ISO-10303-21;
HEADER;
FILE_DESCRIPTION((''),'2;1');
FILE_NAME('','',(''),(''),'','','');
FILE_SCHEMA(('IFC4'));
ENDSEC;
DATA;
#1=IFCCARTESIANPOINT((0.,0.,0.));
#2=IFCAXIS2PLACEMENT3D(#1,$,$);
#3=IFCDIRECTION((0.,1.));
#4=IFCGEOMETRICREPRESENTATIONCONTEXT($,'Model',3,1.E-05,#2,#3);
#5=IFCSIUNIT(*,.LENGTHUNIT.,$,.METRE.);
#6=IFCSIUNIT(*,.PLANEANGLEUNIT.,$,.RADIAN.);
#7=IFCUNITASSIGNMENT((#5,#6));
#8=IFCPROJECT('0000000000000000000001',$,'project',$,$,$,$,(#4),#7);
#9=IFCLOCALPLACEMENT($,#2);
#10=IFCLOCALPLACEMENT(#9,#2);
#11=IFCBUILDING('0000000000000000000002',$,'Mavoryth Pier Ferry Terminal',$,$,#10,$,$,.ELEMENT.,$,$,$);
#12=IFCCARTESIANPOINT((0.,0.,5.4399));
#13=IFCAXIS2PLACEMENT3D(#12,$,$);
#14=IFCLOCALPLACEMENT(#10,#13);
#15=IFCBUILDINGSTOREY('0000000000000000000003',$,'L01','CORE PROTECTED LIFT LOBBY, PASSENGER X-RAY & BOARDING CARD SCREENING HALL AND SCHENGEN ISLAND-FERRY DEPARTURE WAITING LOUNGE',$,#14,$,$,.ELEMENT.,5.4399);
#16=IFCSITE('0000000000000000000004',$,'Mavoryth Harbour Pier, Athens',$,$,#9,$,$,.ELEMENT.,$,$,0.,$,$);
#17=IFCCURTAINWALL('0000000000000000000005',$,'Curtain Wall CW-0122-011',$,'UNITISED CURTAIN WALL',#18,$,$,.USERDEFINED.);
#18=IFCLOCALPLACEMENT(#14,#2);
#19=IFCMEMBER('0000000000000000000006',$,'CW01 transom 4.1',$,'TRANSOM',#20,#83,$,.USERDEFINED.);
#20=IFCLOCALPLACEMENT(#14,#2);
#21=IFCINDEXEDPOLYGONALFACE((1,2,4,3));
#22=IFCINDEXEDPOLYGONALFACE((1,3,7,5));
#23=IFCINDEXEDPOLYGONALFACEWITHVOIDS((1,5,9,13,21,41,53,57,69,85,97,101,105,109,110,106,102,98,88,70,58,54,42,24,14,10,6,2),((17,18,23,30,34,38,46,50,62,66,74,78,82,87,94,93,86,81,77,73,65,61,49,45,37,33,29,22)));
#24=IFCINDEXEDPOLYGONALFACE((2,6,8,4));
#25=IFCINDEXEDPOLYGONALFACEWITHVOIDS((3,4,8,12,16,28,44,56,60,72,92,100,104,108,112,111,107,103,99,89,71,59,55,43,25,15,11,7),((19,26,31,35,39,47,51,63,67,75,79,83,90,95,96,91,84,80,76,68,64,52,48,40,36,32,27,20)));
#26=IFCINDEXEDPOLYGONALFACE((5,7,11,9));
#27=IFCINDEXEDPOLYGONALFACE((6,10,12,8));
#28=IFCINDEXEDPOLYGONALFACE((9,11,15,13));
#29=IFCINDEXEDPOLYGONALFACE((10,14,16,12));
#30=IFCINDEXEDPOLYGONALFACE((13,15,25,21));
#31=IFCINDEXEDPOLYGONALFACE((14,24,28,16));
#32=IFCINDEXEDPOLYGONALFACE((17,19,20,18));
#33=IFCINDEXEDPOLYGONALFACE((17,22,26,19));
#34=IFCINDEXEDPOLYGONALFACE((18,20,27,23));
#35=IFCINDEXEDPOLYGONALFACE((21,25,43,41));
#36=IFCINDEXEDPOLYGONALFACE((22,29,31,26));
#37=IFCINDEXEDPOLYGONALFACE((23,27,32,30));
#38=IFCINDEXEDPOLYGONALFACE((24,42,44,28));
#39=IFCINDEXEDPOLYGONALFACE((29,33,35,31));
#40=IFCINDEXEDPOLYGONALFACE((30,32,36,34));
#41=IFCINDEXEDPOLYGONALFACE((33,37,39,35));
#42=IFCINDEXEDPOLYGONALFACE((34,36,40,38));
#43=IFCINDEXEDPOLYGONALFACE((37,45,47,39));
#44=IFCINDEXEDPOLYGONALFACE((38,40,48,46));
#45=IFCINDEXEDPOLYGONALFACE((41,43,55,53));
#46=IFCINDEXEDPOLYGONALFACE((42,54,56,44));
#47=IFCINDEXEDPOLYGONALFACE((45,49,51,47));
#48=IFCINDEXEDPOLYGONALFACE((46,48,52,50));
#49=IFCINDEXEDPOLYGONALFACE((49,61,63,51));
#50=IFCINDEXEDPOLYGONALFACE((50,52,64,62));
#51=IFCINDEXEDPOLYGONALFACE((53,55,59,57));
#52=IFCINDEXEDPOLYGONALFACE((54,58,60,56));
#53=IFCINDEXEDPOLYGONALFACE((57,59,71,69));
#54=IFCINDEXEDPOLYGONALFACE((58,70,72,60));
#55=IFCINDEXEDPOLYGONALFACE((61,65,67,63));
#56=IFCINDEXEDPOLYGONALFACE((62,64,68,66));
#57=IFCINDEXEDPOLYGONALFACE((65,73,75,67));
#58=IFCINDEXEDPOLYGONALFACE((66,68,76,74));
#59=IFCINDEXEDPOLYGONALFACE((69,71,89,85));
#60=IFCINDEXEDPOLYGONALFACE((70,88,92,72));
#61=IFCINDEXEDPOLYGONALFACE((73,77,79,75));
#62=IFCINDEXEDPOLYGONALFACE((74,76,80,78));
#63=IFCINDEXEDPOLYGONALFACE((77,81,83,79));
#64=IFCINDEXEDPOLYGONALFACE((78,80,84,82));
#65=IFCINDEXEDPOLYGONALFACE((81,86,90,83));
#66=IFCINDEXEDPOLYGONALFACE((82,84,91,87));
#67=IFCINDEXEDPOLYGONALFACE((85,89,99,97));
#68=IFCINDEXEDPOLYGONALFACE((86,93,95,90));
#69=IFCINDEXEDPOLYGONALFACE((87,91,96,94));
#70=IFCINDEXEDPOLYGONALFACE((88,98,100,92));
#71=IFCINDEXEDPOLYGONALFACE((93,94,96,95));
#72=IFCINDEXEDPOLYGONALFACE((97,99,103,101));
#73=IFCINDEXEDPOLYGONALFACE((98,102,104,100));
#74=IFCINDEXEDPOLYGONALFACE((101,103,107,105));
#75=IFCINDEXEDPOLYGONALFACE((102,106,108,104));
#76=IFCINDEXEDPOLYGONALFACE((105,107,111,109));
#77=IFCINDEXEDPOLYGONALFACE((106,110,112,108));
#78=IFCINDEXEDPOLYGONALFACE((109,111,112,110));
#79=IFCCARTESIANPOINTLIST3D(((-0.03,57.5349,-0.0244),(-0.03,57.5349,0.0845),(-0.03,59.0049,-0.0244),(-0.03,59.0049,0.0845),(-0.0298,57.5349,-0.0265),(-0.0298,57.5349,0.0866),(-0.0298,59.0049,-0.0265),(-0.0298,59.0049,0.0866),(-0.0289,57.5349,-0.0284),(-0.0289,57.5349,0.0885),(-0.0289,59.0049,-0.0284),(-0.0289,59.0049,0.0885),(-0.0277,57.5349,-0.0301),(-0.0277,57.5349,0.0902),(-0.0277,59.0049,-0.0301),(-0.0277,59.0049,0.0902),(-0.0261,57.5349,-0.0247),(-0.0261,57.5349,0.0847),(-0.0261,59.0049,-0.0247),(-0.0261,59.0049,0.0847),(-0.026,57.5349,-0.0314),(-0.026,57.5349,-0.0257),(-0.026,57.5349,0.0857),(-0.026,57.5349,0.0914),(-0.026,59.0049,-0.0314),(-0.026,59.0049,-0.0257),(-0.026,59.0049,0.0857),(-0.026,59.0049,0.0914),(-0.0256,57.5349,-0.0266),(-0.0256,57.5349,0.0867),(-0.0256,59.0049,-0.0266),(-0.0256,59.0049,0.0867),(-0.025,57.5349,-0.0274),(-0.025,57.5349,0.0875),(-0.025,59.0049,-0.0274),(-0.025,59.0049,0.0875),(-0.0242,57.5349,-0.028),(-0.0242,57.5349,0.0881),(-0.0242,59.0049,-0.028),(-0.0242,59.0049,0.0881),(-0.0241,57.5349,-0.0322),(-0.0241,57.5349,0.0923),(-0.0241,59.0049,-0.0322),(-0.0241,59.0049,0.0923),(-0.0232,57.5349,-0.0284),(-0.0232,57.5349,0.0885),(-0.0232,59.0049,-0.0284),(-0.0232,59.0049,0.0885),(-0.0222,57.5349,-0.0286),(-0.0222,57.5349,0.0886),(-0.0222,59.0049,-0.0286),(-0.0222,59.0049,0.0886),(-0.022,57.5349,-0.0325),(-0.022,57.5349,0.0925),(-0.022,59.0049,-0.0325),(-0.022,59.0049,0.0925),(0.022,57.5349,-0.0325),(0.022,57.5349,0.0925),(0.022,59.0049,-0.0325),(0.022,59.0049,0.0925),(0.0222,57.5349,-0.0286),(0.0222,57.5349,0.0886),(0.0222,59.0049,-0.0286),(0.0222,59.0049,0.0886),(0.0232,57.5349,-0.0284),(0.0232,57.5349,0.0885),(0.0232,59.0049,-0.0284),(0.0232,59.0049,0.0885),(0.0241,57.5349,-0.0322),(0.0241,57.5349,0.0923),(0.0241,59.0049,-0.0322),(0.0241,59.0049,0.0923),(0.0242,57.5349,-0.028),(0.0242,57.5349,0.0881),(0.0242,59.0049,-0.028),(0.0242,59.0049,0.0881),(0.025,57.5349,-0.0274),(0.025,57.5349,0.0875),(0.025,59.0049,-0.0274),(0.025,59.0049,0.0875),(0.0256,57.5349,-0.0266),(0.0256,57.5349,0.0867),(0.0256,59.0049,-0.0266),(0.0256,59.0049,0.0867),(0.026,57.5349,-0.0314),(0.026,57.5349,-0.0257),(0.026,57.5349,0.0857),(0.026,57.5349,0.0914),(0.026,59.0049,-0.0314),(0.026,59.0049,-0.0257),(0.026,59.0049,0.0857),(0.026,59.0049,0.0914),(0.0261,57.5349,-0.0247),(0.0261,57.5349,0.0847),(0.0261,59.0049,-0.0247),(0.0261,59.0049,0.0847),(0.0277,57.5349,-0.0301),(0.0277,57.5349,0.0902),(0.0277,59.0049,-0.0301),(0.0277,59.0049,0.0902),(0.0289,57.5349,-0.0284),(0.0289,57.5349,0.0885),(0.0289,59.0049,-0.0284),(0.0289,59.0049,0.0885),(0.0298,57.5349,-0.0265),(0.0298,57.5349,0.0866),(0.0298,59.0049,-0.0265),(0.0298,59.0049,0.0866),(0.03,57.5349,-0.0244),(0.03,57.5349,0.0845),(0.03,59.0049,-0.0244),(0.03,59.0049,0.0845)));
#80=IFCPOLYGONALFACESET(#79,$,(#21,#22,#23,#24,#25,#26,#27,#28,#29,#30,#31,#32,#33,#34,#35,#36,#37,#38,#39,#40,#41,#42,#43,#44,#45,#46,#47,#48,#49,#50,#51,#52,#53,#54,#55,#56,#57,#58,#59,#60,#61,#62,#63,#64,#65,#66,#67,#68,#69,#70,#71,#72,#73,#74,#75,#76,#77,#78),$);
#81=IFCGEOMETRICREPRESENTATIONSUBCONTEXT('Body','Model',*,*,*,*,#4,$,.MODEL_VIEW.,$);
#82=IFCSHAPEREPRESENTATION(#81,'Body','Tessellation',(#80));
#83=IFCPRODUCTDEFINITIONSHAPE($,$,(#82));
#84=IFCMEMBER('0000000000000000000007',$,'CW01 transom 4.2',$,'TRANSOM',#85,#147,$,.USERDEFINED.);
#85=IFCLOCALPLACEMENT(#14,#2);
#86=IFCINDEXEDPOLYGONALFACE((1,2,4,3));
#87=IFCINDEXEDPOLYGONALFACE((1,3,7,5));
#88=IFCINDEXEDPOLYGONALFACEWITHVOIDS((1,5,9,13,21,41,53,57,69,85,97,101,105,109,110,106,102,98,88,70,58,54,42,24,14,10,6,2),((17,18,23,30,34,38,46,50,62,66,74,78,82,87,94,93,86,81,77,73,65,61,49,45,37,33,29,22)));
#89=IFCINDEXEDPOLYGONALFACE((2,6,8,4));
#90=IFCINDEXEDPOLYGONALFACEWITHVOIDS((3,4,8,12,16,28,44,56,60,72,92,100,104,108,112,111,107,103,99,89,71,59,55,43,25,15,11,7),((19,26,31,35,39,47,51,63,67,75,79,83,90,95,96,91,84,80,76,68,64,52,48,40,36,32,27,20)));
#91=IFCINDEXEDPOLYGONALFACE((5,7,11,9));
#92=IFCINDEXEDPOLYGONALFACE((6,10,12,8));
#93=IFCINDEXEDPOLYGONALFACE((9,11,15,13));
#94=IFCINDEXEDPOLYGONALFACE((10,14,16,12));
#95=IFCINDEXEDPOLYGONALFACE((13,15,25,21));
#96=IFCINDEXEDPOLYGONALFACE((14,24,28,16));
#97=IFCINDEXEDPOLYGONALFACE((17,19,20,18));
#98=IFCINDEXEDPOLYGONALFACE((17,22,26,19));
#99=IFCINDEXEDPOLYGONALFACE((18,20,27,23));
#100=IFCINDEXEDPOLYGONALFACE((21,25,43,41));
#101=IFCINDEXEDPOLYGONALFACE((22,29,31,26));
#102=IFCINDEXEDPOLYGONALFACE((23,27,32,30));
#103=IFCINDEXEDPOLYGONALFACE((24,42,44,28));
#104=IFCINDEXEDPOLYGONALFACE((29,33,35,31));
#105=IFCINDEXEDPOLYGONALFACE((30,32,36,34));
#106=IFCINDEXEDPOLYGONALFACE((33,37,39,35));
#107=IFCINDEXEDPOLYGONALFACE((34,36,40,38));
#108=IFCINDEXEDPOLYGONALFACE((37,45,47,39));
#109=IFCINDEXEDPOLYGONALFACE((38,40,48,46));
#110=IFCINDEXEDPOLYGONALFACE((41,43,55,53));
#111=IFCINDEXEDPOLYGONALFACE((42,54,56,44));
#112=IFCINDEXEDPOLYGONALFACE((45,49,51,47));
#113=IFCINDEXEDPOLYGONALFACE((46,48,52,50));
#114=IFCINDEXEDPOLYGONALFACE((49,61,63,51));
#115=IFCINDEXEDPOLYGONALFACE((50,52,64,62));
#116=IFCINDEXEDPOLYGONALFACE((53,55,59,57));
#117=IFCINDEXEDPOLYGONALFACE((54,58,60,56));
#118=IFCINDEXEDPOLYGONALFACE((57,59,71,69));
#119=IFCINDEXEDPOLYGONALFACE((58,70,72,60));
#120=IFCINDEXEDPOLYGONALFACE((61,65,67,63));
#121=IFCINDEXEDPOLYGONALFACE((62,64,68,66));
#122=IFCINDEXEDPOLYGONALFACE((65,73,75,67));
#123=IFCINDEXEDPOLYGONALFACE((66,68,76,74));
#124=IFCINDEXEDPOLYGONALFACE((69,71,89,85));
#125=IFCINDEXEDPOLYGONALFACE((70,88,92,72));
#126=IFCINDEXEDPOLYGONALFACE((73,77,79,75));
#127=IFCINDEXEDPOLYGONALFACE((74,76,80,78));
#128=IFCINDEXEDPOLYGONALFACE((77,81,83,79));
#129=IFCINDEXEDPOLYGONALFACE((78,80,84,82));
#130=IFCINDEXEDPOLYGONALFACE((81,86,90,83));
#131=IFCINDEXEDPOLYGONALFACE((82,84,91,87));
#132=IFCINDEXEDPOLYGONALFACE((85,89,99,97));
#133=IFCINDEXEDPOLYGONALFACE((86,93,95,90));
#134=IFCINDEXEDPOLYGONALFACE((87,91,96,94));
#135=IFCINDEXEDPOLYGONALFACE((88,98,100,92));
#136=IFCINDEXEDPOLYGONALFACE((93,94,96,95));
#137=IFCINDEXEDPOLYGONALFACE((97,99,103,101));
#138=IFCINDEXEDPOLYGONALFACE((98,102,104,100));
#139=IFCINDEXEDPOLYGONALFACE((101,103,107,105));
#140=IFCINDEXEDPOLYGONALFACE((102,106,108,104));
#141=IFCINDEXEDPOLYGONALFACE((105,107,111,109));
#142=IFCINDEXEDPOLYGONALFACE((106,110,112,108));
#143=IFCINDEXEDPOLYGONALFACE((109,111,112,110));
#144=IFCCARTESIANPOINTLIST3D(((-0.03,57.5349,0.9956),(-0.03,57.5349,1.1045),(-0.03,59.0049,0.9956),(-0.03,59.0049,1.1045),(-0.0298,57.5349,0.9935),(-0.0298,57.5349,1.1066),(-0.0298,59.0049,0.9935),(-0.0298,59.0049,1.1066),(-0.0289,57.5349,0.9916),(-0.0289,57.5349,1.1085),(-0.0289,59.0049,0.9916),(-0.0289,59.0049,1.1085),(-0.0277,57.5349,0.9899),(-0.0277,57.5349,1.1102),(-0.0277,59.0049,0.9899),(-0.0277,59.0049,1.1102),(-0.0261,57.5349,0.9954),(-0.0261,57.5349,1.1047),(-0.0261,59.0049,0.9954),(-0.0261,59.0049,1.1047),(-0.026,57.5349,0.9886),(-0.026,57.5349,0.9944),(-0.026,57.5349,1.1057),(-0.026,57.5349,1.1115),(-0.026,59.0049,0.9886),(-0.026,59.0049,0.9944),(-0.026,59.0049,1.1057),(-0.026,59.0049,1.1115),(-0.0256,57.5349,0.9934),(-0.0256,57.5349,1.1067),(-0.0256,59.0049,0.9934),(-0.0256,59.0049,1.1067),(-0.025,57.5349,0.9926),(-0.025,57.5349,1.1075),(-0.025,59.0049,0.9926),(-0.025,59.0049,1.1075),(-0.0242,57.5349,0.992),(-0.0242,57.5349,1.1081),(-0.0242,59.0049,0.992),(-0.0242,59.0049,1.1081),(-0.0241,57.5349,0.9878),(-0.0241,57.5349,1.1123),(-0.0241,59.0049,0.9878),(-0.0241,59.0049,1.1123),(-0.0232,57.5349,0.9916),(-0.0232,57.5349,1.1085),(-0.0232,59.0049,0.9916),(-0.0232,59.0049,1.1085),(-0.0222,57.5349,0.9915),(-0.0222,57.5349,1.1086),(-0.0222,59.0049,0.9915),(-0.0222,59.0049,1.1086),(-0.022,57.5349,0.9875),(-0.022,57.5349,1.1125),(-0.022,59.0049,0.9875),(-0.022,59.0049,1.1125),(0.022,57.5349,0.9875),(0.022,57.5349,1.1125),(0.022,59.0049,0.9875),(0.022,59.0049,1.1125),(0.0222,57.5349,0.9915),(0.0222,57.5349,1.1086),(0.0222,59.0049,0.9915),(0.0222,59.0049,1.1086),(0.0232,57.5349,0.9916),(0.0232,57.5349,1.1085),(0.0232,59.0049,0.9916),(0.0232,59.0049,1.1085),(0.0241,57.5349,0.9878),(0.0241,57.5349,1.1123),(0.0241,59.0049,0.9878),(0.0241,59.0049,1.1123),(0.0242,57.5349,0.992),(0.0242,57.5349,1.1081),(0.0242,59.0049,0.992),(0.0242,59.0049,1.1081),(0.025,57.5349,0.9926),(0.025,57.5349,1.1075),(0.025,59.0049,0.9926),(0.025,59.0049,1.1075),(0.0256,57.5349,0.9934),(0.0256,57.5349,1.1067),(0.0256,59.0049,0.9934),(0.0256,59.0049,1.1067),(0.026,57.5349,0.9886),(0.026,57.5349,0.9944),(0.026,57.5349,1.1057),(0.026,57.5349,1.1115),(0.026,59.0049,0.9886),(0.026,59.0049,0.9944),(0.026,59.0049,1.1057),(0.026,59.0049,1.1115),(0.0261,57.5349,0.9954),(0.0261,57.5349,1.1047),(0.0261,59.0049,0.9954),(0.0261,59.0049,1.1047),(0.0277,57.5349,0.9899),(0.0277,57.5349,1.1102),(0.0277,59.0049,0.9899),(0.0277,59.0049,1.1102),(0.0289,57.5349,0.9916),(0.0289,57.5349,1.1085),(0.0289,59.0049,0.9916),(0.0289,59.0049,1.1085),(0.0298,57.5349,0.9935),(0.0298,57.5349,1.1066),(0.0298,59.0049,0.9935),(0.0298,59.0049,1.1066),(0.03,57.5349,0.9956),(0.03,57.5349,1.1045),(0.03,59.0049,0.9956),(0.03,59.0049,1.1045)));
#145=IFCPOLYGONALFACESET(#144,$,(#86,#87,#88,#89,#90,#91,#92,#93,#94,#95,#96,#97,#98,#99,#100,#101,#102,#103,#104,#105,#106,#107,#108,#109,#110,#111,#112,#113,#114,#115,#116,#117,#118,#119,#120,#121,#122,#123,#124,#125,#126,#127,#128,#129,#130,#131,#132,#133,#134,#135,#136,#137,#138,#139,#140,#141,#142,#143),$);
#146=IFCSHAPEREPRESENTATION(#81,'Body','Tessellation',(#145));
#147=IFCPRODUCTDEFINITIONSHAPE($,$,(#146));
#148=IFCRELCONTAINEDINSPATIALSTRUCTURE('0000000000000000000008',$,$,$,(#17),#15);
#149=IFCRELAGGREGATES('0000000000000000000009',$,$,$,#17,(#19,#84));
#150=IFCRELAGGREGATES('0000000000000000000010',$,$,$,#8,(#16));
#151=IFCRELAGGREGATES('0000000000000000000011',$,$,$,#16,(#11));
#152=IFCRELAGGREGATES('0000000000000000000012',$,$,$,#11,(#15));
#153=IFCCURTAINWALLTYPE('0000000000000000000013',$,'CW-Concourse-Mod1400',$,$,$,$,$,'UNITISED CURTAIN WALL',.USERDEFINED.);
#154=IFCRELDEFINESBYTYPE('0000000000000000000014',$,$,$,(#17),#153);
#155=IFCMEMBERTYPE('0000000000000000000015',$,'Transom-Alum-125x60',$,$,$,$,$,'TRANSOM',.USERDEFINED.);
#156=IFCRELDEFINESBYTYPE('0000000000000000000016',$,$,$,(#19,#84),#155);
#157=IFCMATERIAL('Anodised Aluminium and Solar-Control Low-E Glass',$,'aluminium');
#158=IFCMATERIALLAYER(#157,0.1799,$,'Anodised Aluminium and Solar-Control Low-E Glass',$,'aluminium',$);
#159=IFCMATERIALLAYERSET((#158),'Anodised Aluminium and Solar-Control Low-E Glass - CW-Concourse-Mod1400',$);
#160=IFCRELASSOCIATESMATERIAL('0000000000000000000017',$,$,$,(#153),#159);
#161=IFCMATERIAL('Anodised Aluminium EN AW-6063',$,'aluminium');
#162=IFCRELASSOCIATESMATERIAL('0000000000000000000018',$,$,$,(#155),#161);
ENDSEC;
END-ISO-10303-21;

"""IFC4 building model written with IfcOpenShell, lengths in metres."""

from ifc_helpers import new_model, si_unit, direction, frame, origin, origin_2d, place, context, subcontext, project, spatial, hollow_rectangle, extrude, material, layer, layer_set, material_profile, profile_set, type_object, element, aggregate, save


model = new_model("IFC4")

# Units and contexts
model_context = context("Model", 3, precision=1e-05, world=origin(), true_north=direction((0.0, 1.0)))
body_context = subcontext(model_context, "Body", "Model", "MODEL_VIEW")
ifc_project = project(units=[si_unit("LENGTHUNIT", "METRE"), si_unit("PLANEANGLEUNIT", "RADIAN")], contexts=[model_context])

# Site, building, storey
site_placement = place(None, origin())
site = spatial("IfcSite", under=ifc_project, at=site_placement, Name="Mavoryth Harbour Pier, Athens", CompositionType="ELEMENT", RefElevation=0.0)
building_placement = place(site_placement, origin())
building = spatial("IfcBuilding", under=site, at=building_placement, Name="Mavoryth Pier Ferry Terminal", CompositionType="ELEMENT")
storey_placement = place(building_placement, frame((0.0, 0.0, 5.4399)))
storey = spatial("IfcBuildingStorey", under=building, at=storey_placement, Name="L01", Description="CORE PROTECTED LIFT LOBBY, PASSENGER X-RAY & BOARDING CARD SCREENING HALL AND SCHENGEN ISLAND-FERRY DEPARTURE WAITING LOUNGE", CompositionType="ELEMENT", Elevation=5.4399)

# Curtain wall, members
ifc_material_1 = material(Name="Anodised Aluminium and Solar-Control Low-E Glass", Category="aluminium")
ifc_layer_1 = layer(ifc_material_1, 0.1799, Name="Anodised Aluminium and Solar-Control Low-E Glass", Category="aluminium")
ifc_layer_set_1 = layer_set([ifc_layer_1], Name="Anodised Aluminium and Solar-Control Low-E Glass - CW-Concourse-Mod1400")
curtain_wall_type = type_object("IfcCurtainWallType", Name="CW-Concourse-Mod1400", ElementType="UNITISED CURTAIN WALL", PredefinedType="USERDEFINED", material=ifc_layer_set_1)
curtain_wall_placement = place(storey_placement, origin())
curtain_wall = element("IfcCurtainWall", 1, at=curtain_wall_placement, inside=storey, type_object=curtain_wall_type, Name="Curtain Wall CW-0122-011", ObjectType="UNITISED CURTAIN WALL", PredefinedType="USERDEFINED")
ifc_material_2 = material(Name="Anodised Aluminium EN AW-6063", Category="aluminium")
ifc_material_profile_1 = material_profile(ifc_material_2, hollow_rectangle(XDim=0.0601, YDim=0.125, WallThickness=0.0039, InnerFilletRadius=0.0039, OuterFilletRadius=0.0081, at=origin_2d()), Name="AL-TRAN 125x60x4", Category="aluminium")
ifc_profile_set_1 = profile_set([ifc_material_profile_1], Name="Anodised Aluminium EN AW-6063 - AL-TRAN 125x60x4")
member_type_1 = type_object("IfcMemberType", Name="Transom-Alum-125x60", ElementType="TRANSOM", PredefinedType="USERDEFINED", material=ifc_profile_set_1)
member_1_placement = place(storey_placement, frame((0.0, 59.0049, 0.03), z_axis=(0.0, -1.0, 0.0), x_axis=(1.0, 0.0, 0.0)))
member_1 = element("IfcMember", 2, at=member_1_placement, type_object=member_type_1, Name="CW01 transom 4.1", ObjectType="TRANSOM", PredefinedType="USERDEFINED", context=body_context, shape_type="SweptSolid", body=[
    extrude(hollow_rectangle(XDim=0.0601, YDim=0.125, WallThickness=0.0039, InnerFilletRadius=0.0039, OuterFilletRadius=0.0081, at=origin_2d()), origin(), (0.0, 0.0, 1.0), 1.47),
])
member_2_placement = place(storey_placement, frame((0.0, 59.0049, 1.05), z_axis=(0.0, -1.0, 0.0), x_axis=(1.0, 0.0, 0.0)))
member_2 = element("IfcMember", 3, at=member_2_placement, type_object=member_type_1, Name="CW01 transom 4.2", ObjectType="TRANSOM", PredefinedType="USERDEFINED", context=body_context, shape_type="SweptSolid", body=[
    extrude(hollow_rectangle(XDim=0.0601, YDim=0.125, WallThickness=0.0039, InnerFilletRadius=0.0039, OuterFilletRadius=0.0081, at=origin_2d()), origin(), (0.0, 0.0, 1.0), 1.47),
])
aggregate(curtain_wall, [member_1, member_2])

save(model, "model.ifc")
